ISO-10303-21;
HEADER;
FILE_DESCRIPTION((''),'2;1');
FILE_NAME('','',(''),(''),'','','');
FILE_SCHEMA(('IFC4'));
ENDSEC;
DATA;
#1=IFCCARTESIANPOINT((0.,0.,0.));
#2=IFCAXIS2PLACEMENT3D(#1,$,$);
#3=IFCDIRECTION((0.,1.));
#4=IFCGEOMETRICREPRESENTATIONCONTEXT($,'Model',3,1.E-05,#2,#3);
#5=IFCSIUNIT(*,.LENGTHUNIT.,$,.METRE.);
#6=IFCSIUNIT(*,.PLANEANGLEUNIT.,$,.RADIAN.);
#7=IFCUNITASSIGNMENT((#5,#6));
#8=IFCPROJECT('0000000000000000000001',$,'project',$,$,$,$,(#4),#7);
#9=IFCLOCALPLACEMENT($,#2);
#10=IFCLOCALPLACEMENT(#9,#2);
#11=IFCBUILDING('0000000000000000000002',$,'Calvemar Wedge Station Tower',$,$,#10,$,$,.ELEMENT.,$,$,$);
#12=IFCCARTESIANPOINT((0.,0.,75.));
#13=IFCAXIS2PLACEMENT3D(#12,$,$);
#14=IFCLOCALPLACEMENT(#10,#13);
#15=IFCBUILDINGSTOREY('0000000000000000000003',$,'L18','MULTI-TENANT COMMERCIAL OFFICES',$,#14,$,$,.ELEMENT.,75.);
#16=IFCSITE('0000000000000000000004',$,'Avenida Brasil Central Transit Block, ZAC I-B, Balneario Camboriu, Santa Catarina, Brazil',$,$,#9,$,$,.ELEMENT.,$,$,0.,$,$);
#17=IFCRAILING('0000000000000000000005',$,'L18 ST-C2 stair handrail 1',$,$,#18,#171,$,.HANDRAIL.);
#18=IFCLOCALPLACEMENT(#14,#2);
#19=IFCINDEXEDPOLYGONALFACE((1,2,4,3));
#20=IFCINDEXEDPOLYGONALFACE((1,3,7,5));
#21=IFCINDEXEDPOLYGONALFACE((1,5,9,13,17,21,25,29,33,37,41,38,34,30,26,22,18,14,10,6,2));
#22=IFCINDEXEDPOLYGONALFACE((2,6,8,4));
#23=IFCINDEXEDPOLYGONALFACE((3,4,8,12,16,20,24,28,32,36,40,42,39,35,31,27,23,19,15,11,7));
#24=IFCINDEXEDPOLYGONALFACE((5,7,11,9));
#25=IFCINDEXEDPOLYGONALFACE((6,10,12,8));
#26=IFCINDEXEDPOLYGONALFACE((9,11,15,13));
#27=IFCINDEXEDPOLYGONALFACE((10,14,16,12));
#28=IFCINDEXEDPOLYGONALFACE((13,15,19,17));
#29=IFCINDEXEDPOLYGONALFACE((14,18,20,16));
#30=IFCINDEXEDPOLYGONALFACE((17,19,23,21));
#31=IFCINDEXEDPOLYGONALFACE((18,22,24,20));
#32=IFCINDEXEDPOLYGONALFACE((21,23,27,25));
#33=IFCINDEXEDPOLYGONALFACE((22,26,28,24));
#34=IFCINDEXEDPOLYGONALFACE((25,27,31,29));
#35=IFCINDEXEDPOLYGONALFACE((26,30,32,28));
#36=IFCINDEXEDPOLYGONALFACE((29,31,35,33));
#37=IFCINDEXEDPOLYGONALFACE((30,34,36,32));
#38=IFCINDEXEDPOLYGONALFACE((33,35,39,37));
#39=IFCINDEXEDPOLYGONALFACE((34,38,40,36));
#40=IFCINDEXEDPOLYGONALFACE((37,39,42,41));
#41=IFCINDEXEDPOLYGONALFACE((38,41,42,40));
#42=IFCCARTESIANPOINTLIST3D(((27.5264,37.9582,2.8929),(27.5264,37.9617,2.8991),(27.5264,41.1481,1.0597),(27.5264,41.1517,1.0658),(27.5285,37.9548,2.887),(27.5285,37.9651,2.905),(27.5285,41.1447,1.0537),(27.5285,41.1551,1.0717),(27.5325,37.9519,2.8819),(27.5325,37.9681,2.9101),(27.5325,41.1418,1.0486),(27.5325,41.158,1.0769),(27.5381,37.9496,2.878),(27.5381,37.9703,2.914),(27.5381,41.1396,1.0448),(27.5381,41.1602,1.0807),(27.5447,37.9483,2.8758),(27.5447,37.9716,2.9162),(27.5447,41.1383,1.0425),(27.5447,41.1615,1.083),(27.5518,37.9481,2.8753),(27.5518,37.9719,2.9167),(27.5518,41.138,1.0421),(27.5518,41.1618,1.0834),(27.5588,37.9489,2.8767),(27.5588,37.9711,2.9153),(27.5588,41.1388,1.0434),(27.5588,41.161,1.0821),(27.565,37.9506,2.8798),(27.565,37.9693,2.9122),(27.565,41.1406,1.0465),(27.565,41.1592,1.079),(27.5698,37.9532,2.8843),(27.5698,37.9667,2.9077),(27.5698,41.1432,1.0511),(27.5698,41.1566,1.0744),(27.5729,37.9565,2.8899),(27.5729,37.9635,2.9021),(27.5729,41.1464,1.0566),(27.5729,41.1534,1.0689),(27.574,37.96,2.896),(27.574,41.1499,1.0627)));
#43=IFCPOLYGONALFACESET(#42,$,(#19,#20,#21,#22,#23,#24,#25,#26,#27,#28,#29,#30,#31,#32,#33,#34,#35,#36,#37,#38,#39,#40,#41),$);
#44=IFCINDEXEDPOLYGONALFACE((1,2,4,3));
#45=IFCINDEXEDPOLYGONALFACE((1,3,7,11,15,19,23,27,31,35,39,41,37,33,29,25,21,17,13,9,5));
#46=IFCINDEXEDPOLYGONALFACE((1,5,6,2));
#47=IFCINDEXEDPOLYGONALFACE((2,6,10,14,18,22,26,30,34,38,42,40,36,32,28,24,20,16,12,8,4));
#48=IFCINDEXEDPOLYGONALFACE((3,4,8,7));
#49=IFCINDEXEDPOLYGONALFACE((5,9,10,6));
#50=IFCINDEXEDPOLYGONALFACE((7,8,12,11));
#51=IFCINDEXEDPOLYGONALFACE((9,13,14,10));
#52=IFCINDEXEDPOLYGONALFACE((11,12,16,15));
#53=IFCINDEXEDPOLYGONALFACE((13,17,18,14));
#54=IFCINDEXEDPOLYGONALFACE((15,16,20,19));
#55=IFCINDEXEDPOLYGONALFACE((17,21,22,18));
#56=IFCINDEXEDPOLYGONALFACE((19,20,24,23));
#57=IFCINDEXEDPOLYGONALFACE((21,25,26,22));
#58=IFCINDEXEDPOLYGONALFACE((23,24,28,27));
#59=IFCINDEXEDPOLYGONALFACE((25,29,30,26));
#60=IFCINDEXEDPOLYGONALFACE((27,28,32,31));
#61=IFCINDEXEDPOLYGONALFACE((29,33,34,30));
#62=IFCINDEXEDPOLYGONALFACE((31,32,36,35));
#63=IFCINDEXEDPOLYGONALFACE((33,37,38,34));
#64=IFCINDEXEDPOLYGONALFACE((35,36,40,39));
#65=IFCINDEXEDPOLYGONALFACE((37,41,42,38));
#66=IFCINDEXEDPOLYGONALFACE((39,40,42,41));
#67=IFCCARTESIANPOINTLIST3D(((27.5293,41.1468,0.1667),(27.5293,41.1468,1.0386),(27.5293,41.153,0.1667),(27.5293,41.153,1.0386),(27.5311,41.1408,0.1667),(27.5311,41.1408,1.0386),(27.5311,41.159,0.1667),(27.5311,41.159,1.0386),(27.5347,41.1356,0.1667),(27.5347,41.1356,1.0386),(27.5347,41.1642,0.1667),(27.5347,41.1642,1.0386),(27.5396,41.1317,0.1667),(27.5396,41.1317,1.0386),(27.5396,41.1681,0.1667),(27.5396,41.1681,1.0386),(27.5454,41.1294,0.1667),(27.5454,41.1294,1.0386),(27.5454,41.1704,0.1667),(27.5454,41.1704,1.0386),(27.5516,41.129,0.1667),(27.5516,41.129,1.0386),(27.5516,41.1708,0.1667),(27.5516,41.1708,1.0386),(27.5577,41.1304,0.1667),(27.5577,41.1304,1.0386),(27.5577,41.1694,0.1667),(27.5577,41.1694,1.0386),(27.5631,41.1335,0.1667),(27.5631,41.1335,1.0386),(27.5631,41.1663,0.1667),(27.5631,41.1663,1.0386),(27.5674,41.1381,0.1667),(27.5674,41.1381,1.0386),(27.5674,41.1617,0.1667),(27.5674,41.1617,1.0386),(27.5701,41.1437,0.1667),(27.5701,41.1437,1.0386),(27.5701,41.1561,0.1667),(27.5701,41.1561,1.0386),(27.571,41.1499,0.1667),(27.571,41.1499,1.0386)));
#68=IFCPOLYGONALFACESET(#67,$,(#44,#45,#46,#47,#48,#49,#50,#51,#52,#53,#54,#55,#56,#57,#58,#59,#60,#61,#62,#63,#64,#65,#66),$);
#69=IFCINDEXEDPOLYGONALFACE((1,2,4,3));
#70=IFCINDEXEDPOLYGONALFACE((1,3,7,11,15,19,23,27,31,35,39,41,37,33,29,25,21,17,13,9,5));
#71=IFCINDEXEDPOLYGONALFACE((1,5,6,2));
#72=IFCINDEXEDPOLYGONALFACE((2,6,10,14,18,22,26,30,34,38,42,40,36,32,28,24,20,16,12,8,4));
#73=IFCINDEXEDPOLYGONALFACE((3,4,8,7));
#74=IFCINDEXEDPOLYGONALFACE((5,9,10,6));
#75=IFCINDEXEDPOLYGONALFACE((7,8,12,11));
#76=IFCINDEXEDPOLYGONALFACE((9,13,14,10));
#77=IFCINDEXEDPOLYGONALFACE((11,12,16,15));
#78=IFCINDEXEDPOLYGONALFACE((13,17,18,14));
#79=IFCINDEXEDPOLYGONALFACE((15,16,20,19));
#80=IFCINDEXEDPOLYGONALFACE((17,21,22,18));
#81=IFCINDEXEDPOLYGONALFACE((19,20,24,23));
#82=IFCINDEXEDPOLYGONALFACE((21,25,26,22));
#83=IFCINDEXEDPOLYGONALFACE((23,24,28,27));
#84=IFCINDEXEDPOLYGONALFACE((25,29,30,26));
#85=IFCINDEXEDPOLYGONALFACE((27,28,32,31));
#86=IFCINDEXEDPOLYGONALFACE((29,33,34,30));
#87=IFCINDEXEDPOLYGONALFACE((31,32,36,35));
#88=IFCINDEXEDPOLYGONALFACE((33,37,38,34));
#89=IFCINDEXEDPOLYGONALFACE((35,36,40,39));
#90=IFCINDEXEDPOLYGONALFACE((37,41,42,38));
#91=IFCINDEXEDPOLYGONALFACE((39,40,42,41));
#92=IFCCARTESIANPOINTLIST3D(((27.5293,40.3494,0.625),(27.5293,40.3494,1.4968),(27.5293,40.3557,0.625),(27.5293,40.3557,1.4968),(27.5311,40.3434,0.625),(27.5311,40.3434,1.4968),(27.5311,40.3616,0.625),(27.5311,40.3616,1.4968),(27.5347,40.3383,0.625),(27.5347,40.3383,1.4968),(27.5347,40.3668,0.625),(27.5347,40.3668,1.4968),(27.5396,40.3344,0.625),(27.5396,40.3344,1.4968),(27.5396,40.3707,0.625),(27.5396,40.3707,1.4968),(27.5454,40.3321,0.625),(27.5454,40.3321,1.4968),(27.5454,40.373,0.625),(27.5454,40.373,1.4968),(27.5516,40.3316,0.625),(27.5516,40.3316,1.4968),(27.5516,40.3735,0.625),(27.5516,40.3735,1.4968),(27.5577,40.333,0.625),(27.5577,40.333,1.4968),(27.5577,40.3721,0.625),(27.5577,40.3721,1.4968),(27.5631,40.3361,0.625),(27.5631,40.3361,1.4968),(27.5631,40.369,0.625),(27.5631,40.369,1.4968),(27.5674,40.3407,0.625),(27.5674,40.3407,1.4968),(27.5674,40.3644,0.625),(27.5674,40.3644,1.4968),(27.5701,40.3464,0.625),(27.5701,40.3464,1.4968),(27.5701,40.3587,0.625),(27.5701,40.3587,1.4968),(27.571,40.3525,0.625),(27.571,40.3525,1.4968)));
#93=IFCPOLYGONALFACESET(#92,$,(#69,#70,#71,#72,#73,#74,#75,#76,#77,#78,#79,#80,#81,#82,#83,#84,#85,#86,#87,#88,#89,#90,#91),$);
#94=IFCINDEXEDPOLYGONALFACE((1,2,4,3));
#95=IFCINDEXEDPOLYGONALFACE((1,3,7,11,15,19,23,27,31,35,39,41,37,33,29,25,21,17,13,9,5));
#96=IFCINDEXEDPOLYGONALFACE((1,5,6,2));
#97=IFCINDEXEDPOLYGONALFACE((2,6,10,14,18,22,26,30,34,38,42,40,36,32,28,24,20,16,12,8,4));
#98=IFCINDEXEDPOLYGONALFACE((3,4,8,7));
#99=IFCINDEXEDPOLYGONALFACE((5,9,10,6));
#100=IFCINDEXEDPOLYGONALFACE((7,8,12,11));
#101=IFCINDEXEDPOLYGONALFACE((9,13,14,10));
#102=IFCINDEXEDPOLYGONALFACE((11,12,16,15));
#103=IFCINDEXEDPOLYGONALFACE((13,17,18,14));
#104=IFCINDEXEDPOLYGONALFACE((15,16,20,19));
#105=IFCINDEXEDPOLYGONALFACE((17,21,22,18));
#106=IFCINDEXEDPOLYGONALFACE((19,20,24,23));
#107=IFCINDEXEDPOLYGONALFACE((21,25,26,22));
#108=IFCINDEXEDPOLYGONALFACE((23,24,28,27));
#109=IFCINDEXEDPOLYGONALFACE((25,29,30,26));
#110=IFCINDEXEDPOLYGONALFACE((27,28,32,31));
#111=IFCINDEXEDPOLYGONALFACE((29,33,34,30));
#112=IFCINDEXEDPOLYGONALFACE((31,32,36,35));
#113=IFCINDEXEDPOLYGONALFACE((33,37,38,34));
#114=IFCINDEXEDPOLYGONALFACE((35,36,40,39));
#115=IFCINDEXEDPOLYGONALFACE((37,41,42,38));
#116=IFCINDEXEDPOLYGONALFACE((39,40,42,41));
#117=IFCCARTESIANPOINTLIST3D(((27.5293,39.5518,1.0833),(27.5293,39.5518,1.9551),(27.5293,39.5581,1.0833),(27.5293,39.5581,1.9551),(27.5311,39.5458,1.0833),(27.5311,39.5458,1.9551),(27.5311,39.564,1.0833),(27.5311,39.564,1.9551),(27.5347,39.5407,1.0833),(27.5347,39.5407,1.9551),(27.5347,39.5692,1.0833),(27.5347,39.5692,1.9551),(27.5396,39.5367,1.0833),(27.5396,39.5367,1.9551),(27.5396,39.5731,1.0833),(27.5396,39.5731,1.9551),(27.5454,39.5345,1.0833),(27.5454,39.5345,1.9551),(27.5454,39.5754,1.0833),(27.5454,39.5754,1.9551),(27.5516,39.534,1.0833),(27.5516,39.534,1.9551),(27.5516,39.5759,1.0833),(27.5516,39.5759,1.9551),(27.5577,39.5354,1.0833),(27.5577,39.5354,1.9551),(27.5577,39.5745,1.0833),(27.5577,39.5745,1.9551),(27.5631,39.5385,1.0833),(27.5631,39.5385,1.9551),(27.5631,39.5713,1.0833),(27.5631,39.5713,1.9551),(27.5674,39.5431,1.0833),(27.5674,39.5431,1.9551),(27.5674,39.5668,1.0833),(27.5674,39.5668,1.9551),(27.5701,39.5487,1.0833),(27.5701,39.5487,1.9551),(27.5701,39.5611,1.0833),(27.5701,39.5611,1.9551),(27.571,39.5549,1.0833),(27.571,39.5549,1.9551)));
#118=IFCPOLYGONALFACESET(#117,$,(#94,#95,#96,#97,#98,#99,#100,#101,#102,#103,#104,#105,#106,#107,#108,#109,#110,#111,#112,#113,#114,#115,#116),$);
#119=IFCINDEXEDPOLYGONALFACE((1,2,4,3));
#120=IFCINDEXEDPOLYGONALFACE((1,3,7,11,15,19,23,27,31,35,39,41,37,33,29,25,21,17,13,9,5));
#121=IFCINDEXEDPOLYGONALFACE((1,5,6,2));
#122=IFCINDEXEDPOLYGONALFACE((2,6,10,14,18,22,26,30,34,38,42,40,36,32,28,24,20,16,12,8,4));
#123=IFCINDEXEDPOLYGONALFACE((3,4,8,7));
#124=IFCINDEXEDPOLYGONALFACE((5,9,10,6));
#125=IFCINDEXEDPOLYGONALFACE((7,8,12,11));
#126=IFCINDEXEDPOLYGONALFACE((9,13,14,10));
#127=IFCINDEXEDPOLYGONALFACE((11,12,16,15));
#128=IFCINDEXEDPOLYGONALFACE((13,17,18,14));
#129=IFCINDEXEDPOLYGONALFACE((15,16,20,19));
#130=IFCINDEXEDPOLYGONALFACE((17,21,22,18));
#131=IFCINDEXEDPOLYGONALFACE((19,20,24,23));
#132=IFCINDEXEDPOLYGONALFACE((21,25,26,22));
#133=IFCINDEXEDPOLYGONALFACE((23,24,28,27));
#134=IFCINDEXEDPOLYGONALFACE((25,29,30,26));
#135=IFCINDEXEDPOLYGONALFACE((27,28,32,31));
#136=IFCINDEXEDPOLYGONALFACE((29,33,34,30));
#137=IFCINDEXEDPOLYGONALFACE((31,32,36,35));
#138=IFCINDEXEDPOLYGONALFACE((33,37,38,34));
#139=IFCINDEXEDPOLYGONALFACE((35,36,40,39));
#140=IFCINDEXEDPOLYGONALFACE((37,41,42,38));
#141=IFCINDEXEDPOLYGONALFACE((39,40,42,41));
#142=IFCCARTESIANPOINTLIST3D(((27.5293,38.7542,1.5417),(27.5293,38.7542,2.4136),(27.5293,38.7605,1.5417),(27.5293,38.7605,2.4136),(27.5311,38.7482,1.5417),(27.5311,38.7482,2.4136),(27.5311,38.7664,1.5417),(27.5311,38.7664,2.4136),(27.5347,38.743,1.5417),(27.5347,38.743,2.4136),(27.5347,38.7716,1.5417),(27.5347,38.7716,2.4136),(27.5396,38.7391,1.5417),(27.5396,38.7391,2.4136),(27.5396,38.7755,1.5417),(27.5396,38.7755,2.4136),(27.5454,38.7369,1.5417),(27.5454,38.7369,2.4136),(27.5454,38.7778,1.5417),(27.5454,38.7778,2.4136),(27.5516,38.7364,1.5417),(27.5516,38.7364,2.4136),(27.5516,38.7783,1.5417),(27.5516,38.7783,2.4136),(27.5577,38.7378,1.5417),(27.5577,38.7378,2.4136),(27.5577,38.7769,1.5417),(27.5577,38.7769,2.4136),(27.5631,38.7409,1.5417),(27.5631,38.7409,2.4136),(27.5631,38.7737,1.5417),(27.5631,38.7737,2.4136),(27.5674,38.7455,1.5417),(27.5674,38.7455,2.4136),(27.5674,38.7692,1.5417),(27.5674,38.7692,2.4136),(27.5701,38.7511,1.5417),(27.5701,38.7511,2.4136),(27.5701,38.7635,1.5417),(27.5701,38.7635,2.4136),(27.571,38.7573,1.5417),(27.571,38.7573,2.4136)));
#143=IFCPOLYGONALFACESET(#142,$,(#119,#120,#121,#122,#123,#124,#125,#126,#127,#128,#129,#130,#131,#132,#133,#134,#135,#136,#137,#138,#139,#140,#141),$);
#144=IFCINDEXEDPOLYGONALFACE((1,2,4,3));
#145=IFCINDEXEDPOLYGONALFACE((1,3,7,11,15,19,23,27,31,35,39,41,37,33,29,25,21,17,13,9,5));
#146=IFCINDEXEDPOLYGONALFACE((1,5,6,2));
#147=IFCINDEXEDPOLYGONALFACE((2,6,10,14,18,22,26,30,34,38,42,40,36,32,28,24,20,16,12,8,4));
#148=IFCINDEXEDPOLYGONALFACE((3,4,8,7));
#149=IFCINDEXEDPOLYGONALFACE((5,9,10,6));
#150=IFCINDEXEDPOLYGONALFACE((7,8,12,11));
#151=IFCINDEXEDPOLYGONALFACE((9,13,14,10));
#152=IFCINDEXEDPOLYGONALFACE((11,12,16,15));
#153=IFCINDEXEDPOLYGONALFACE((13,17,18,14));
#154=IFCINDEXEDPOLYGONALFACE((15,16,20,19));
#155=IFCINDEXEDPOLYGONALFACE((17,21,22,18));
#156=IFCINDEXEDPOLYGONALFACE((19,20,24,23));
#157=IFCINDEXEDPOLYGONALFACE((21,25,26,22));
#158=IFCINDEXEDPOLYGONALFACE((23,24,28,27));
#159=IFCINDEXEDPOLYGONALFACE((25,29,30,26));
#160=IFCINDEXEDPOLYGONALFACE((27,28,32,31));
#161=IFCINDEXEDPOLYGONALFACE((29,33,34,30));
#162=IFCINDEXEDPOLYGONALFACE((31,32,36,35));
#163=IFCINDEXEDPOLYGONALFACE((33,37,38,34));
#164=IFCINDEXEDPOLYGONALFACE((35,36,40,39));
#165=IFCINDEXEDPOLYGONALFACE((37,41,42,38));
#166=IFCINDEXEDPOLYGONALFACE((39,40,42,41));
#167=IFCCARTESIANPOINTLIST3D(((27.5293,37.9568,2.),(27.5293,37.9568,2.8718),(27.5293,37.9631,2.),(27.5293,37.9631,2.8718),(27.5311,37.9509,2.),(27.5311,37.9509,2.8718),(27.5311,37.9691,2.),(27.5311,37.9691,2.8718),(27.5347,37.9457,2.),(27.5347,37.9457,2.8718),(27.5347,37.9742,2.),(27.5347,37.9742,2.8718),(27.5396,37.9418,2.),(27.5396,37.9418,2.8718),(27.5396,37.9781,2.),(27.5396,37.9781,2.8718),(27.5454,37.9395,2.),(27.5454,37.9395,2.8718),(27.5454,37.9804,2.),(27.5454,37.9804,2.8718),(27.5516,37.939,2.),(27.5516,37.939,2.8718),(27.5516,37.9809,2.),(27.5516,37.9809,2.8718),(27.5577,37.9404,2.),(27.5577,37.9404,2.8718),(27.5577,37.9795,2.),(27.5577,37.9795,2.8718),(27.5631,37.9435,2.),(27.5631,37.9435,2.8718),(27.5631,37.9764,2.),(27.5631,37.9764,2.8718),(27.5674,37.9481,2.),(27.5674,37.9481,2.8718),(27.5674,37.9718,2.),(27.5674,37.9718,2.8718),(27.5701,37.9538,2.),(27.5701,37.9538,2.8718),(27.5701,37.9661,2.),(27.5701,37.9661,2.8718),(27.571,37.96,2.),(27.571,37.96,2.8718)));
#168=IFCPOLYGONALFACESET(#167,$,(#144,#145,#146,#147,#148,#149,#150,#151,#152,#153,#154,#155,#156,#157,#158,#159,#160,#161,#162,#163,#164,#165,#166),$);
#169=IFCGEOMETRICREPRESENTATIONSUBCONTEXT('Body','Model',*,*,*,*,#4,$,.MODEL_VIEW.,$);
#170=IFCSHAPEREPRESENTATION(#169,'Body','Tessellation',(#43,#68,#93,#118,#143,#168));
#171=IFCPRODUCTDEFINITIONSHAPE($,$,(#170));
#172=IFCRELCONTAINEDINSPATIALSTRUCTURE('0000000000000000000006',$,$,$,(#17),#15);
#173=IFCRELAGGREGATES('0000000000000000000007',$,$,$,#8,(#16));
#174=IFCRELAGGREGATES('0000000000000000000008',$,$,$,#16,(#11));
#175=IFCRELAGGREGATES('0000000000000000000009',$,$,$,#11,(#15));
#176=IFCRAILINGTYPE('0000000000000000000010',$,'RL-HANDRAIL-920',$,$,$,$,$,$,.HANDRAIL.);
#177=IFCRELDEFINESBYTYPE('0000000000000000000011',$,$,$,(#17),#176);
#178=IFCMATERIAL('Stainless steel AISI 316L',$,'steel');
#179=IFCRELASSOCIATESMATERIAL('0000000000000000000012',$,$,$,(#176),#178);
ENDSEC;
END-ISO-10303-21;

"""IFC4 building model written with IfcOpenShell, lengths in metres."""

from ifc_helpers import new_model, si_unit, direction, frame, origin, origin_2d, place, context, subcontext, project, spatial, circle, extrude, material, type_object, element, save


model = new_model("IFC4")

# Units and contexts
model_context = context("Model", 3, precision=1e-05, world=origin(), true_north=direction((0.0, 1.0)))
body_context = subcontext(model_context, "Body", "Model", "MODEL_VIEW")
ifc_project = project(units=[si_unit("LENGTHUNIT", "METRE"), si_unit("PLANEANGLEUNIT", "RADIAN")], contexts=[model_context])

# Site, building, storey
site_placement = place(None, origin())
site = spatial("IfcSite", under=ifc_project, at=site_placement, Name="Avenida Brasil Central Transit Block, ZAC I-B, Balneario Camboriu, Santa Catarina, Brazil", CompositionType="ELEMENT", RefElevation=0.0)
building_placement = place(site_placement, origin())
building = spatial("IfcBuilding", under=site, at=building_placement, Name="Calvemar Wedge Station Tower", CompositionType="ELEMENT")
storey_placement = place(building_placement, frame((0.0, 0.0, 75.0)))
storey = spatial("IfcBuildingStorey", under=building, at=storey_placement, Name="L18", Description="MULTI-TENANT COMMERCIAL OFFICES", CompositionType="ELEMENT", Elevation=75.0)

# Railing
ifc_material_1 = material(Name="Stainless steel AISI 316L", Category="steel")
railing_type = type_object("IfcRailingType", Name="RL-HANDRAIL-920", PredefinedType="HANDRAIL", material=ifc_material_1)
railing_placement = place(storey_placement, frame((27.55, 41.1499, 0.1667)))
element("IfcRailing", 1, at=railing_placement, inside=storey, type_object=railing_type, Name="L18 ST-C2 stair handrail 1", PredefinedType="HANDRAIL", context=body_context, shape_type="SweptSolid", body=[
    extrude(circle(Radius=0.0239, at=origin_2d()), frame((0.0, 0.0, 0.896), z_axis=(0.0, -0.86702, 0.498274), x_axis=(1.0, 0.0, 0.0)), (0.0, 0.0, 1.0), 3.6792),
    extrude(circle(Radius=0.021, at=origin_2d()), origin(), (0.0, 0.0, 1.0), 0.8718),
    extrude(circle(Radius=0.021, at=origin_2d()), frame((0.0, -0.7974, 0.4583)), (0.0, 0.0, 1.0), 0.8718),
    extrude(circle(Radius=0.021, at=origin_2d()), frame((0.0, -1.595, 0.9165)), (0.0, 0.0, 1.0), 0.8718),
    extrude(circle(Radius=0.021, at=origin_2d()), frame((0.0, -2.3926, 1.375)), (0.0, 0.0, 1.0), 0.8718),
    extrude(circle(Radius=0.021, at=origin_2d()), frame((0.0, -3.1899, 1.8333)), (0.0, 0.0, 1.0), 0.8718),
])

save(model, "model.ifc")
